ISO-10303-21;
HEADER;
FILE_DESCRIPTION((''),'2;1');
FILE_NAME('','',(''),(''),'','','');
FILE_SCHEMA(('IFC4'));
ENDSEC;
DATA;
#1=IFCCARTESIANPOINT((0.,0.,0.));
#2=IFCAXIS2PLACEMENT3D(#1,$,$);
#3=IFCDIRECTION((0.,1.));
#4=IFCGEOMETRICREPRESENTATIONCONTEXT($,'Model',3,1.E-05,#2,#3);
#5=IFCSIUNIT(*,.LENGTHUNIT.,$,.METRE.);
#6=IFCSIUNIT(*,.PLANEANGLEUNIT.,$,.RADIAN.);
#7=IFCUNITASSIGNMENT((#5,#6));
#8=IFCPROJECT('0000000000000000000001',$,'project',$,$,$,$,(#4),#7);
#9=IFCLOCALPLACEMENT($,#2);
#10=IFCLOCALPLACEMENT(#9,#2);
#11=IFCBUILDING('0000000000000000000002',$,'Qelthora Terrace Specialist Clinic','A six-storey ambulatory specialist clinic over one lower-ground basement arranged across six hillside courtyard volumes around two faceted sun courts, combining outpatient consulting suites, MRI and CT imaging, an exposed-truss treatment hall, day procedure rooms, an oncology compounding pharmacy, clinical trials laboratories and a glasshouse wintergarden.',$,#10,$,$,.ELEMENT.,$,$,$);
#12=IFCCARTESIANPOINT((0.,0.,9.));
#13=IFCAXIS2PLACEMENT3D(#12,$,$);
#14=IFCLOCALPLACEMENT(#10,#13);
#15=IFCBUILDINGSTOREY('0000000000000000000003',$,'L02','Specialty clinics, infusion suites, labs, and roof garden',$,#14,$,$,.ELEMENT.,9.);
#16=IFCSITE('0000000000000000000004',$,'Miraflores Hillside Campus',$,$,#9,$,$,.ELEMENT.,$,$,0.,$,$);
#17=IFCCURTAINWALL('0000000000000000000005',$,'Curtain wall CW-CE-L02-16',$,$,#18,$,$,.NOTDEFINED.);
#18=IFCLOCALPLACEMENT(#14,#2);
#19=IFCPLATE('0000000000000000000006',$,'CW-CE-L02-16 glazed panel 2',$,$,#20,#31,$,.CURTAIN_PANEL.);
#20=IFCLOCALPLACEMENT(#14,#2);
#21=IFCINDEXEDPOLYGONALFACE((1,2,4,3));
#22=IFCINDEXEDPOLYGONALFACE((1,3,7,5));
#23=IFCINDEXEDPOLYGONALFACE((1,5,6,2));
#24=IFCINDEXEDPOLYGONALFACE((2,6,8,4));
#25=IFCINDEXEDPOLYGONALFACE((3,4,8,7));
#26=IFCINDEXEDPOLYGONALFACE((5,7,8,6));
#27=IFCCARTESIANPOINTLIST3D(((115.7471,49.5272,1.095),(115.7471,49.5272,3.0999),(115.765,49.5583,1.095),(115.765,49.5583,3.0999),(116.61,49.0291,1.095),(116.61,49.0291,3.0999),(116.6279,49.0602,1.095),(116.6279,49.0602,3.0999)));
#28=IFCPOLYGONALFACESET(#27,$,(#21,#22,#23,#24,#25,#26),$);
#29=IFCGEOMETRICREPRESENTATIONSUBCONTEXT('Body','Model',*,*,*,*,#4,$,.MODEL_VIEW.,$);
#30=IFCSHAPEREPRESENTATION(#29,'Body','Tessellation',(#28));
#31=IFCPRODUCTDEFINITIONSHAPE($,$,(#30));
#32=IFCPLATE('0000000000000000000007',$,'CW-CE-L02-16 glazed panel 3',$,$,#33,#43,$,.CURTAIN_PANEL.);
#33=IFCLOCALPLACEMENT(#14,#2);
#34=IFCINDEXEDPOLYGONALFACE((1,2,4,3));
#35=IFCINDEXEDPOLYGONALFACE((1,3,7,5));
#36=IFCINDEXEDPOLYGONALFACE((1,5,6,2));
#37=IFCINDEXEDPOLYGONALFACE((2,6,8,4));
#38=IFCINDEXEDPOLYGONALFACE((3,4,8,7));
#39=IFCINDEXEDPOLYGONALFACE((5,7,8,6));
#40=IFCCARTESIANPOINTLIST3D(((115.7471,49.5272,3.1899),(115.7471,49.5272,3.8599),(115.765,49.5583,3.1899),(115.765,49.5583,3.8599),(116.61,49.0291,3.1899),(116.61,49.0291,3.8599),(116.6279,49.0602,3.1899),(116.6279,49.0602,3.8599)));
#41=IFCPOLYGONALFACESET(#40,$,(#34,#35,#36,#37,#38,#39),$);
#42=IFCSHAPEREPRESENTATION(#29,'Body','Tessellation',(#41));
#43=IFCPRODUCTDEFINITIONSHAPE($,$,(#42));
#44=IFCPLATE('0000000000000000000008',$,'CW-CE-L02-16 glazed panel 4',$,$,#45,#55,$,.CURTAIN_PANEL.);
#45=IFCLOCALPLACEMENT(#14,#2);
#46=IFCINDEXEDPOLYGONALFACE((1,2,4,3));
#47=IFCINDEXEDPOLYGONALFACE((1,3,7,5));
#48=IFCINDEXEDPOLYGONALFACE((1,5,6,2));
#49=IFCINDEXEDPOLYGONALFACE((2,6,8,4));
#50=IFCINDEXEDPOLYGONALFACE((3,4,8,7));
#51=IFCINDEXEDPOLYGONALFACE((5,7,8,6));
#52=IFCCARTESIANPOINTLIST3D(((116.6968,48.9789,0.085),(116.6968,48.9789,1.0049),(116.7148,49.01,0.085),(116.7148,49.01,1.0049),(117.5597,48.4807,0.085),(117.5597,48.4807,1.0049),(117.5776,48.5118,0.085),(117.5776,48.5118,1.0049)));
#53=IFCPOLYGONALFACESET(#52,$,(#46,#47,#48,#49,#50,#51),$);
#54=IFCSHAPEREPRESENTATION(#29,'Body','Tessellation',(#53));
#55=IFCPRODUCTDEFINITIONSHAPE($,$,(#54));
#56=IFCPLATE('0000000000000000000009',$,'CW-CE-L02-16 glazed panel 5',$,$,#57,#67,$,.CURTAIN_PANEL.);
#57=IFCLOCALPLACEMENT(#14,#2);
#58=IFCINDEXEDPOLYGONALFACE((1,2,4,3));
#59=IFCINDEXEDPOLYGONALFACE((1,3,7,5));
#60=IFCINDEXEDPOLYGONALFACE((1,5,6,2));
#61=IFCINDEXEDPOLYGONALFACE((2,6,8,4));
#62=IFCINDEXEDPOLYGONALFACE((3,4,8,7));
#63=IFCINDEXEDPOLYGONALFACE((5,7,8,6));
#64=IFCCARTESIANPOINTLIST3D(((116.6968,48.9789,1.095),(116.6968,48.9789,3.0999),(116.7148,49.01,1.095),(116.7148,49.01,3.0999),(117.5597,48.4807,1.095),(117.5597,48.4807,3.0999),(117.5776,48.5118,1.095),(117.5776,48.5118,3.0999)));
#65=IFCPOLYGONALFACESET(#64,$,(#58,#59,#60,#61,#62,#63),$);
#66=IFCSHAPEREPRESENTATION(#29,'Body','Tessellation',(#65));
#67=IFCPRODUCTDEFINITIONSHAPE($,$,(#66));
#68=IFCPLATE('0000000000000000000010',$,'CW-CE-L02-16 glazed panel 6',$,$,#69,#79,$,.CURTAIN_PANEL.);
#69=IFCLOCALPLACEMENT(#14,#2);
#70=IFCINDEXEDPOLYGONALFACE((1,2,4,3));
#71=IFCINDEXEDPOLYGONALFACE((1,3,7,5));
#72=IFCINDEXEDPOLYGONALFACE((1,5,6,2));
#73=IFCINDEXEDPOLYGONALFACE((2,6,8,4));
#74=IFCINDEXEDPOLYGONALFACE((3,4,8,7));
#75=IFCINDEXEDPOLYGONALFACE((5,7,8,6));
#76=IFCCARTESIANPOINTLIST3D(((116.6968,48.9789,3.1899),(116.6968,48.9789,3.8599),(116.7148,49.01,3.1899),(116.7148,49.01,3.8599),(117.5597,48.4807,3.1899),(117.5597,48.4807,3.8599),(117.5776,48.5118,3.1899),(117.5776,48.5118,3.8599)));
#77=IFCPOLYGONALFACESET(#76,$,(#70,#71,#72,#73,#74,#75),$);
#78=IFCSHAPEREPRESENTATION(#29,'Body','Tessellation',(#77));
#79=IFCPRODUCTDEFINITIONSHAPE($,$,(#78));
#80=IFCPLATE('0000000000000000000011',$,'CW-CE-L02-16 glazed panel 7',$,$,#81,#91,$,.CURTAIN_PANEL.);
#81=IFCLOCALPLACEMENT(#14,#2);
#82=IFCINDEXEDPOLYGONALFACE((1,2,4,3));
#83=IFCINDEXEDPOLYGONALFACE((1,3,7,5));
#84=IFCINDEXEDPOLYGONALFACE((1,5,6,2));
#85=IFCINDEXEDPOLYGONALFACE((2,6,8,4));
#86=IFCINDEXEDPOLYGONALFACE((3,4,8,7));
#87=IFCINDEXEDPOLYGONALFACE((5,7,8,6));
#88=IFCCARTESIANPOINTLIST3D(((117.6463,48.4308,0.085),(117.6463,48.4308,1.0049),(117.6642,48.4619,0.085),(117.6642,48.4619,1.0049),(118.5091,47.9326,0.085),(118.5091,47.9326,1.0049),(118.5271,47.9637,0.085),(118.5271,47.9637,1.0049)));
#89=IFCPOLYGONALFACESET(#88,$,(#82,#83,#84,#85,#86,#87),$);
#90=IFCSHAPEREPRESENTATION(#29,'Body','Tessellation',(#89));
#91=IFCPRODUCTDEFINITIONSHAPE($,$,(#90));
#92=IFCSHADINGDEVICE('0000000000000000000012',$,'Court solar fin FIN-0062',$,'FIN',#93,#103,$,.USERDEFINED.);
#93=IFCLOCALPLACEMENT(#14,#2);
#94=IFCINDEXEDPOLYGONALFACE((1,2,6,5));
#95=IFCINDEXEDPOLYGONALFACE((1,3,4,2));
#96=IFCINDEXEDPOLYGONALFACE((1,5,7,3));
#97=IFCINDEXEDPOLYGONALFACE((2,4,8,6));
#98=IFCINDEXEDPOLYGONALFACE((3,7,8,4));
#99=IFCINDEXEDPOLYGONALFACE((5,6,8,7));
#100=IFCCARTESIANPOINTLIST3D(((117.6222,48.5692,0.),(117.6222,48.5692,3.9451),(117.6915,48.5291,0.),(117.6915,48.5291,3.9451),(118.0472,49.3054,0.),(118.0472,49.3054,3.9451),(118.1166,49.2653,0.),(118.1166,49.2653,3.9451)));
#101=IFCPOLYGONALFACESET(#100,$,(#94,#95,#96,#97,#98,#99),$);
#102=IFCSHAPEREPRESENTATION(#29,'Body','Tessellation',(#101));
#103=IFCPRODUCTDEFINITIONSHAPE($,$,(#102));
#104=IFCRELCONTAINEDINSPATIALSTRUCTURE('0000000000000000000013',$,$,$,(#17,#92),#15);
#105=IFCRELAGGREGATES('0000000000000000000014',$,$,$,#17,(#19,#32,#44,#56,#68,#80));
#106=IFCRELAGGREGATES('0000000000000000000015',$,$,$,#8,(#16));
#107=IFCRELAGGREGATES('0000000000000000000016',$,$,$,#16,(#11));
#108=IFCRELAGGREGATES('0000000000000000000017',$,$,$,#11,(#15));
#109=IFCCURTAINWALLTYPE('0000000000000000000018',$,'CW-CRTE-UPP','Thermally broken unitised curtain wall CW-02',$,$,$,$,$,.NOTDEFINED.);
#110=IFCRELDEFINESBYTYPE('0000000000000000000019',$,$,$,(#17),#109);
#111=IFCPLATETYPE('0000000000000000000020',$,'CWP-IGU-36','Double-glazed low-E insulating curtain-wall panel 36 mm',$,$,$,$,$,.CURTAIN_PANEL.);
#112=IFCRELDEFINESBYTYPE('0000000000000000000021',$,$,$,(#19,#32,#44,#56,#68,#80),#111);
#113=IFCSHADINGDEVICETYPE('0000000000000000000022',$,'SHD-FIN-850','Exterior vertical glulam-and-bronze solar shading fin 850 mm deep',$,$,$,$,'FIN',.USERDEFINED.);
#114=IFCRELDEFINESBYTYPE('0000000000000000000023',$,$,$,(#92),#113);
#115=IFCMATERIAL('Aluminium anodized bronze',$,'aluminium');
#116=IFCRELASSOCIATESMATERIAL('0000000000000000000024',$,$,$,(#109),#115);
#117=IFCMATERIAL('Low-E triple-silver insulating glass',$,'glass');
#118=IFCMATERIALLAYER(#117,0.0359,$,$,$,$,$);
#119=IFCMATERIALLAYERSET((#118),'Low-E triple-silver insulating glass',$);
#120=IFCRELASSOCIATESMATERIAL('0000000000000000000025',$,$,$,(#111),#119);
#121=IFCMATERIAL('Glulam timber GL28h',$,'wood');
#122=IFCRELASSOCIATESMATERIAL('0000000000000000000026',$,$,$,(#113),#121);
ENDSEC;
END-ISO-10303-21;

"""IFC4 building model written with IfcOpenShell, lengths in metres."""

from ifc_helpers import new_model, si_unit, direction, frame, origin, origin_2d, place, context, subcontext, project, spatial, rectangle, extrude, material, layer, layer_set, type_object, element, aggregate, save


model = new_model("IFC4")

# Units and contexts
model_context = context("Model", 3, precision=1e-05, world=origin(), true_north=direction((0.0, 1.0)))
body_context = subcontext(model_context, "Body", "Model", "MODEL_VIEW")
ifc_project = project(units=[si_unit("LENGTHUNIT", "METRE"), si_unit("PLANEANGLEUNIT", "RADIAN")], contexts=[model_context])

# Site, building, storey
site_placement = place(None, origin())
site = spatial("IfcSite", under=ifc_project, at=site_placement, Name="Miraflores Hillside Campus", CompositionType="ELEMENT", RefElevation=0.0)
building_placement = place(site_placement, origin())
building = spatial("IfcBuilding", under=site, at=building_placement, Name="Qelthora Terrace Specialist Clinic", Description="A six-storey ambulatory specialist clinic over one lower-ground basement arranged across six hillside courtyard volumes around two faceted sun courts, combining outpatient consulting suites, MRI and CT imaging, an exposed-truss treatment hall, day procedure rooms, an oncology compounding pharmacy, clinical trials laboratories and a glasshouse wintergarden.", CompositionType="ELEMENT")
storey_placement = place(building_placement, frame((0.0, 0.0, 9.0)))
storey = spatial("IfcBuildingStorey", under=building, at=storey_placement, Name="L02", Description="Specialty clinics, infusion suites, labs, and roof garden", CompositionType="ELEMENT", Elevation=9.0)

# Curtain wall
ifc_material_1 = material(Name="Aluminium anodized bronze", Category="aluminium")
curtain_wall_type = type_object("IfcCurtainWallType", Name="CW-CRTE-UPP", Description="Thermally broken unitised curtain wall CW-02", PredefinedType="NOTDEFINED", material=ifc_material_1)
curtain_wall_1_placement = place(storey_placement, origin())
curtain_wall_1 = element("IfcCurtainWall", 1, at=curtain_wall_1_placement, inside=storey, type_object=curtain_wall_type, Name="Curtain wall CW-CE-L02-16", PredefinedType="NOTDEFINED")

# Plates
ifc_material_2 = material(Name="Low-E triple-silver insulating glass", Category="glass")
ifc_layer = layer(ifc_material_2, 0.0359)
ifc_layer_set = layer_set([ifc_layer], Name="Low-E triple-silver insulating glass")
plate_type = type_object("IfcPlateType", Name="CWP-IGU-36", Description="Double-glazed low-E insulating curtain-wall panel 36 mm", PredefinedType="CURTAIN_PANEL", material=ifc_layer_set)
plate_1_placement = place(storey_placement, frame((116.1875, 49.2937, 1.095), z_axis=(0.0, 0.0, 1.0), x_axis=(0.866025, -0.5, 0.0)))
plate_1 = element("IfcPlate", 2, at=plate_1_placement, type_object=plate_type, Name="CW-CE-L02-16 glazed panel 2", PredefinedType="CURTAIN_PANEL", context=body_context, shape_type="SweptSolid", body=[
    extrude(rectangle(XDim=0.9963, YDim=0.0359, at=origin_2d()), origin(), (0.0, 0.0, 1.0), 2.0049),
])
plate_2_placement = place(storey_placement, frame((116.1875, 49.2937, 3.1899), z_axis=(0.0, 0.0, 1.0), x_axis=(0.866025, -0.5, 0.0)))
plate_2 = element("IfcPlate", 3, at=plate_2_placement, type_object=plate_type, Name="CW-CE-L02-16 glazed panel 3", PredefinedType="CURTAIN_PANEL", context=body_context, shape_type="SweptSolid", body=[
    extrude(rectangle(XDim=0.9963, YDim=0.0359, at=origin_2d()), origin(), (0.0, 0.0, 1.0), 0.6699),
])
plate_3_placement = place(storey_placement, frame((117.1372, 48.7454, 0.085), z_axis=(0.0, 0.0, 1.0), x_axis=(0.866025, -0.5, 0.0)))
plate_3 = element("IfcPlate", 4, at=plate_3_placement, type_object=plate_type, Name="CW-CE-L02-16 glazed panel 4", PredefinedType="CURTAIN_PANEL", context=body_context, shape_type="SweptSolid", body=[
    extrude(rectangle(XDim=0.9963, YDim=0.0359, at=origin_2d()), origin(), (0.0, 0.0, 1.0), 0.9199),
])
plate_4_placement = place(storey_placement, frame((117.1372, 48.7454, 1.095), z_axis=(0.0, 0.0, 1.0), x_axis=(0.866025, -0.5, 0.0)))
plate_4 = element("IfcPlate", 5, at=plate_4_placement, type_object=plate_type, Name="CW-CE-L02-16 glazed panel 5", PredefinedType="CURTAIN_PANEL", context=body_context, shape_type="SweptSolid", body=[
    extrude(rectangle(XDim=0.9963, YDim=0.0359, at=origin_2d()), origin(), (0.0, 0.0, 1.0), 2.0049),
])
plate_5_placement = place(storey_placement, frame((117.1372, 48.7454, 3.1899), z_axis=(0.0, 0.0, 1.0), x_axis=(0.866025, -0.5, 0.0)))
plate_5 = element("IfcPlate", 6, at=plate_5_placement, type_object=plate_type, Name="CW-CE-L02-16 glazed panel 6", PredefinedType="CURTAIN_PANEL", context=body_context, shape_type="SweptSolid", body=[
    extrude(rectangle(XDim=0.9963, YDim=0.0359, at=origin_2d()), origin(), (0.0, 0.0, 1.0), 0.6699),
])
plate_6_placement = place(storey_placement, frame((118.0867, 48.1973, 0.085), z_axis=(0.0, 0.0, 1.0), x_axis=(0.866025, -0.5, 0.0)))
plate_6 = element("IfcPlate", 7, at=plate_6_placement, type_object=plate_type, Name="CW-CE-L02-16 glazed panel 7", PredefinedType="CURTAIN_PANEL", context=body_context, shape_type="SweptSolid", body=[
    extrude(rectangle(XDim=0.9963, YDim=0.0359, at=origin_2d()), origin(), (0.0, 0.0, 1.0), 0.9199),
])
aggregate(curtain_wall_1, [plate_1, plate_2, plate_3, plate_4, plate_5, plate_6])

# Shading device
ifc_material_3 = material(Name="Glulam timber GL28h", Category="wood")
shading_device_type = type_object("IfcShadingDeviceType", Name="SHD-FIN-850", Description="Exterior vertical glulam-and-bronze solar shading fin 850 mm deep", ElementType="FIN", PredefinedType="USERDEFINED", material=ifc_material_3)
shading_device_placement = place(storey_placement, frame((117.8694, 48.9172, 0.0), z_axis=(0.0, 0.0, 1.0), x_axis=(0.5, 0.866025, 0.0)))
element("IfcShadingDevice", 8, at=shading_device_placement, inside=storey, type_object=shading_device_type, Name="Court solar fin FIN-0062", ObjectType="FIN", PredefinedType="USERDEFINED", context=body_context, shape_type="SweptSolid", body=[
    extrude(rectangle(XDim=0.8501, YDim=0.0801, at=origin_2d()), origin(), (0.0, 0.0, 1.0), 3.9451),
])

save(model, "model.ifc")
